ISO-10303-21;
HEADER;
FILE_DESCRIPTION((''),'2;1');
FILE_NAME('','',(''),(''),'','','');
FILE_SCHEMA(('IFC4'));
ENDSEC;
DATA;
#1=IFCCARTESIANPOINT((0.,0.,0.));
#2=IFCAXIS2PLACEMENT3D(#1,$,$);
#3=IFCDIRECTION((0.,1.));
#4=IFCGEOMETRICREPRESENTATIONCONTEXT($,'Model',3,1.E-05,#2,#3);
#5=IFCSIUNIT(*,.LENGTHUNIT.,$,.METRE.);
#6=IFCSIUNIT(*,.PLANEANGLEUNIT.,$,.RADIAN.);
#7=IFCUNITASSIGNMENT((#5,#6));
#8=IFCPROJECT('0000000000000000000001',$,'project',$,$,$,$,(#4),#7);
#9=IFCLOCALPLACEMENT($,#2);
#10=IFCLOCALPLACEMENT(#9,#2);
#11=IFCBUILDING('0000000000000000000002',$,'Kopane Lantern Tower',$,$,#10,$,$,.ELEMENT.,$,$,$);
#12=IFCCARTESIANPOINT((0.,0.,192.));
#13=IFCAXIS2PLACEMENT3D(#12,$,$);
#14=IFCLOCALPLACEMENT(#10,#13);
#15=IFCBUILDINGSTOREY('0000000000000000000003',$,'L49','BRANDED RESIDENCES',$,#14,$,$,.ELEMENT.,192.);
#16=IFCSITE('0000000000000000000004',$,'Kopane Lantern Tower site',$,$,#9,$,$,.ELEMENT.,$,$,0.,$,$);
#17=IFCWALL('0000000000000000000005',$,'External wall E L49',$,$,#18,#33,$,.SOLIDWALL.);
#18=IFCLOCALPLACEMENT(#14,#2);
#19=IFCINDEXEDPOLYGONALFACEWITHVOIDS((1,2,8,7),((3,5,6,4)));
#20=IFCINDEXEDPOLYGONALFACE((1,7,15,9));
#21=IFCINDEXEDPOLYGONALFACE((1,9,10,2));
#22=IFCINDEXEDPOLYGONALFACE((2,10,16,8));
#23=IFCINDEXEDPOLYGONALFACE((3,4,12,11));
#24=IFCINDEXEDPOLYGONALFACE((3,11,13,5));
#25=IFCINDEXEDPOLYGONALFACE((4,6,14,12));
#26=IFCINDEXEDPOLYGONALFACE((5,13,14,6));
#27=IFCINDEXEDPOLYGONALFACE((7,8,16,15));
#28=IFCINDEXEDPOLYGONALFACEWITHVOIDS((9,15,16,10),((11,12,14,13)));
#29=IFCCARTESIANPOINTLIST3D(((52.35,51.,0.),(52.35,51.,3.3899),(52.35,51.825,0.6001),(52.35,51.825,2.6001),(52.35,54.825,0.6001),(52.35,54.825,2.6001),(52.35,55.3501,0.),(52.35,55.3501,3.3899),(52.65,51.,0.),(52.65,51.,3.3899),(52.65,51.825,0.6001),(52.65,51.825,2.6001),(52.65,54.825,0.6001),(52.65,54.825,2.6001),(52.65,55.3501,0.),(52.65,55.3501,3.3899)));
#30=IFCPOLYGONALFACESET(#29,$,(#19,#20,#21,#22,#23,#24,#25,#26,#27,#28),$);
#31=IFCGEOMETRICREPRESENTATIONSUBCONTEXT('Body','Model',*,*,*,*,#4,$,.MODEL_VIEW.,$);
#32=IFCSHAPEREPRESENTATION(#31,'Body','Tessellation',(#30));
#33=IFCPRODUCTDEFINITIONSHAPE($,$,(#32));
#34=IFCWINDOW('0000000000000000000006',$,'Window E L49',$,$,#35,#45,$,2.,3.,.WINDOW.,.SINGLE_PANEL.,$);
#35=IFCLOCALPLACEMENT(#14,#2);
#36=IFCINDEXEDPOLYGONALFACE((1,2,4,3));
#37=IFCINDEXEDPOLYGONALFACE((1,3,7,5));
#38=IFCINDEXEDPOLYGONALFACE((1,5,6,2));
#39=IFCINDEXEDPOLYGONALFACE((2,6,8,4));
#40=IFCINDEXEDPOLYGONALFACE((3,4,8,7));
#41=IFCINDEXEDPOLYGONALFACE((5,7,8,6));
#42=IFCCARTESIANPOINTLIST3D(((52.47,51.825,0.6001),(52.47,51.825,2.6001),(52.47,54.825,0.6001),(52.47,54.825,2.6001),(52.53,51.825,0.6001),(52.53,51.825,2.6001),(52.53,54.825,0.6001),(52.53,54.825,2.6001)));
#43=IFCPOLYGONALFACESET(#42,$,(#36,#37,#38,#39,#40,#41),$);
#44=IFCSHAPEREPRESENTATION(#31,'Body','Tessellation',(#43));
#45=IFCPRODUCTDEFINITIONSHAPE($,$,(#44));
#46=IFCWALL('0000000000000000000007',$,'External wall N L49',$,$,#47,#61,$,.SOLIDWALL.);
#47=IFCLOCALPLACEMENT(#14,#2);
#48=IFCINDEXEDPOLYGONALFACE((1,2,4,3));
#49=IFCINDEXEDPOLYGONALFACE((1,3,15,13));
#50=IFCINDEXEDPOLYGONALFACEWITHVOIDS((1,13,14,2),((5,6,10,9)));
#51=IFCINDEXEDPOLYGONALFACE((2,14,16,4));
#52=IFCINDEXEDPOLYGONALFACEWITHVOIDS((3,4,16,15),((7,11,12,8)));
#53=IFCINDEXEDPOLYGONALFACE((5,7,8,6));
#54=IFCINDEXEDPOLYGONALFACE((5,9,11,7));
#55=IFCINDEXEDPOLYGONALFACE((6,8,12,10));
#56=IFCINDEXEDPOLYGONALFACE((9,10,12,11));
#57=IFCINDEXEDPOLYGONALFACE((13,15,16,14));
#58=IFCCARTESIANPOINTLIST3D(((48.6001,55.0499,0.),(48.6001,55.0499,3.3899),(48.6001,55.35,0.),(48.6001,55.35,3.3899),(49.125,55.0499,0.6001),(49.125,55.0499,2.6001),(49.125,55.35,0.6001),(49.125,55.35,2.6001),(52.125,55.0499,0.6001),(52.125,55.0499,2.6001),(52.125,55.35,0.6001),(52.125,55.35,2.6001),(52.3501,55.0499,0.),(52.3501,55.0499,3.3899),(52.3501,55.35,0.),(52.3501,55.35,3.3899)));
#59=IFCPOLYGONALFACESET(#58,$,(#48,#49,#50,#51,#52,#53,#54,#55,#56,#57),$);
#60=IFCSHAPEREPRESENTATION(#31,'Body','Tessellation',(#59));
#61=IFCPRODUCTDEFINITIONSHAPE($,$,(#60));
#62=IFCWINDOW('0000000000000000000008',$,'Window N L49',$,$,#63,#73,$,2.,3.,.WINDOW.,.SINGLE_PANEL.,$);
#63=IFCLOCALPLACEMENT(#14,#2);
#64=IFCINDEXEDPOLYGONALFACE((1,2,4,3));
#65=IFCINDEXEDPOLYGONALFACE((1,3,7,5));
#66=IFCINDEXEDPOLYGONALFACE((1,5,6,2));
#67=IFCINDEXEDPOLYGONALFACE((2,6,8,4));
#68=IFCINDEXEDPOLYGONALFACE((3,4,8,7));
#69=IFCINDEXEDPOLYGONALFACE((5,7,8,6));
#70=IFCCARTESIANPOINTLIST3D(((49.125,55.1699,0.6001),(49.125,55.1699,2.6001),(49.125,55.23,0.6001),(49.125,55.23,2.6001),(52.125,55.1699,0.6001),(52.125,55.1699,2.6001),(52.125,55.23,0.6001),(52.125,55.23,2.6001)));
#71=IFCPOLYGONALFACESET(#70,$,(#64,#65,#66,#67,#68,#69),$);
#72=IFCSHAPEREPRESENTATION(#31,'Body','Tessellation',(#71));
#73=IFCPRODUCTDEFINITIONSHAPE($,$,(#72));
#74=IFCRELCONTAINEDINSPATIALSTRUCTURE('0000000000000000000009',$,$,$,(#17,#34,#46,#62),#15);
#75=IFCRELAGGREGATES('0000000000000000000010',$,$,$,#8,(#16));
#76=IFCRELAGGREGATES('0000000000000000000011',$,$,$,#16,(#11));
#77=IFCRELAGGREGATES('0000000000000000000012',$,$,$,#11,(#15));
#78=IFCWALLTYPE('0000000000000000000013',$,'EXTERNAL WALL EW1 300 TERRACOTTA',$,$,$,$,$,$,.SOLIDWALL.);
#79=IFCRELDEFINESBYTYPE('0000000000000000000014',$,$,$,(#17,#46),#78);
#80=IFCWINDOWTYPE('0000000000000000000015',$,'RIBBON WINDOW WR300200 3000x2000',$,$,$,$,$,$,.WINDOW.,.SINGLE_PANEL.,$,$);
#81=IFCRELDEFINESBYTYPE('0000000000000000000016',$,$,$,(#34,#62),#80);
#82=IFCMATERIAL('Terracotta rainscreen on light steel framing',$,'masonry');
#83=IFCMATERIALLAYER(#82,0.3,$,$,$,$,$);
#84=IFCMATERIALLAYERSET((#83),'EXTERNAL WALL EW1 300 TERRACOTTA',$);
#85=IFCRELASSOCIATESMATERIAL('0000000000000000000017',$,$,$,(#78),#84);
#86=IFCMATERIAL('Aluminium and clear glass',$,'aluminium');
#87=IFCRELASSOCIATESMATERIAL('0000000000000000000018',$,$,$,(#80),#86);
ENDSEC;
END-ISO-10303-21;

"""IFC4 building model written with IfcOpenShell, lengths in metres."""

from ifc_helpers import new_model, si_unit, direction, frame, frame_2d, origin, place, context, subcontext, project, spatial, rectangle, extrude, material, layer, layer_set, type_object, element, fill, save


model = new_model("IFC4")

# Units and contexts
model_context = context("Model", 3, precision=1e-05, world=origin(), true_north=direction((0.0, 1.0)))
body_context = subcontext(model_context, "Body", "Model", "MODEL_VIEW")
ifc_project = project(units=[si_unit("LENGTHUNIT", "METRE"), si_unit("PLANEANGLEUNIT", "RADIAN")], contexts=[model_context])

# Site, building, storey
site_placement = place(None, origin())
site = spatial("IfcSite", under=ifc_project, at=site_placement, Name="Kopane Lantern Tower site", CompositionType="ELEMENT", RefElevation=0.0)
building_placement = place(site_placement, origin())
building = spatial("IfcBuilding", under=site, at=building_placement, Name="Kopane Lantern Tower", CompositionType="ELEMENT")
storey_placement = place(building_placement, frame((0.0, 0.0, 192.0)))
storey = spatial("IfcBuildingStorey", under=building, at=storey_placement, Name="L49", Description="BRANDED RESIDENCES", CompositionType="ELEMENT", Elevation=192.0)

# Walls, openings, windows
ifc_material_1 = material(Name="Terracotta rainscreen on light steel framing", Category="masonry")
ifc_layer = layer(ifc_material_1, 0.3)
ifc_layer_set = layer_set([ifc_layer], Name="EXTERNAL WALL EW1 300 TERRACOTTA")
wall_type = type_object("IfcWallType", Name="EXTERNAL WALL EW1 300 TERRACOTTA", PredefinedType="SOLIDWALL", material=ifc_layer_set)
ifc_material_2 = material(Name="Aluminium and clear glass", Category="aluminium")
window_type = type_object("IfcWindowType", Name="RIBBON WINDOW WR300200 3000x2000", PartitioningType="SINGLE_PANEL", PredefinedType="WINDOW", material=ifc_material_2)
wall_1_placement = place(storey_placement, frame((52.5, 51.0, 0.0), z_axis=(0.0, 0.0, 1.0), x_axis=(0.0, 1.0, 0.0)))
wall_1 = element("IfcWall", 1, at=wall_1_placement, inside=storey, type_object=wall_type, Name="External wall E L49", PredefinedType="SOLIDWALL", context=body_context, shape_type="SweptSolid", body=[
    extrude(rectangle(XDim=4.3501, YDim=0.3, at=frame_2d((2.175, 0.0))), origin(), (0.0, 0.0, 1.0), 3.3899),
])
opening_1_placement = place(wall_1_placement, frame((0.825, 0.0, 0.6001)))
opening_1 = element("IfcOpeningElement", 2, at=opening_1_placement, cuts=wall_1, PredefinedType="OPENING", context=body_context, shape_type="SweptSolid", body=[
    extrude(rectangle(XDim=3.0, YDim=2.0, at=frame_2d((1.5, 1.0))), frame((0.0, 0.1599, 0.0), z_axis=(0.0, -1.0, 0.0), x_axis=(1.0, 0.0, 0.0)), (0.0, 0.0, 1.0), 0.3201),
])
window_1_placement = place(opening_1_placement, origin())
window_1 = element("IfcWindow", 3, at=window_1_placement, inside=storey, type_object=window_type, Name="Window E L49", OverallHeight=2.0, OverallWidth=3.0, PartitioningType="SINGLE_PANEL", PredefinedType="WINDOW", context=body_context, shape_type="SweptSolid", body=[
    extrude(rectangle(XDim=3.0, YDim=2.0, at=frame_2d((1.5, 1.0))), frame((0.0, 0.03, 0.0), z_axis=(0.0, -1.0, 0.0), x_axis=(1.0, 0.0, 0.0)), (0.0, 0.0, 1.0), 0.0601),
])
fill(opening_1, window_1)
wall_2_placement = place(storey_placement, frame((52.3501, 55.2, 0.0), z_axis=(0.0, 0.0, 1.0), x_axis=(-1.0, 0.0, 0.0)))
wall_2 = element("IfcWall", 4, at=wall_2_placement, inside=storey, type_object=wall_type, Name="External wall N L49", PredefinedType="SOLIDWALL", context=body_context, shape_type="SweptSolid", body=[
    extrude(rectangle(XDim=3.75, YDim=0.3, at=frame_2d((1.875, 0.0))), origin(), (0.0, 0.0, 1.0), 3.3899),
])
opening_2_placement = place(wall_2_placement, frame((0.2251, 0.0, 0.6001)))
opening_2 = element("IfcOpeningElement", 5, at=opening_2_placement, cuts=wall_2, PredefinedType="OPENING", context=body_context, shape_type="SweptSolid", body=[
    extrude(rectangle(XDim=3.0, YDim=2.0, at=frame_2d((1.5, 1.0))), frame((0.0, 0.1599, 0.0), z_axis=(0.0, -1.0, 0.0), x_axis=(1.0, 0.0, 0.0)), (0.0, 0.0, 1.0), 0.3201),
])
window_2_placement = place(opening_2_placement, origin())
window_2 = element("IfcWindow", 6, at=window_2_placement, inside=storey, type_object=window_type, Name="Window N L49", OverallHeight=2.0, OverallWidth=3.0, PartitioningType="SINGLE_PANEL", PredefinedType="WINDOW", context=body_context, shape_type="SweptSolid", body=[
    extrude(rectangle(XDim=3.0, YDim=2.0, at=frame_2d((1.5, 1.0))), frame((0.0, 0.03, 0.0), z_axis=(0.0, -1.0, 0.0), x_axis=(1.0, 0.0, 0.0)), (0.0, 0.0, 1.0), 0.0601),
])
fill(opening_2, window_2)

save(model, "model.ifc")
